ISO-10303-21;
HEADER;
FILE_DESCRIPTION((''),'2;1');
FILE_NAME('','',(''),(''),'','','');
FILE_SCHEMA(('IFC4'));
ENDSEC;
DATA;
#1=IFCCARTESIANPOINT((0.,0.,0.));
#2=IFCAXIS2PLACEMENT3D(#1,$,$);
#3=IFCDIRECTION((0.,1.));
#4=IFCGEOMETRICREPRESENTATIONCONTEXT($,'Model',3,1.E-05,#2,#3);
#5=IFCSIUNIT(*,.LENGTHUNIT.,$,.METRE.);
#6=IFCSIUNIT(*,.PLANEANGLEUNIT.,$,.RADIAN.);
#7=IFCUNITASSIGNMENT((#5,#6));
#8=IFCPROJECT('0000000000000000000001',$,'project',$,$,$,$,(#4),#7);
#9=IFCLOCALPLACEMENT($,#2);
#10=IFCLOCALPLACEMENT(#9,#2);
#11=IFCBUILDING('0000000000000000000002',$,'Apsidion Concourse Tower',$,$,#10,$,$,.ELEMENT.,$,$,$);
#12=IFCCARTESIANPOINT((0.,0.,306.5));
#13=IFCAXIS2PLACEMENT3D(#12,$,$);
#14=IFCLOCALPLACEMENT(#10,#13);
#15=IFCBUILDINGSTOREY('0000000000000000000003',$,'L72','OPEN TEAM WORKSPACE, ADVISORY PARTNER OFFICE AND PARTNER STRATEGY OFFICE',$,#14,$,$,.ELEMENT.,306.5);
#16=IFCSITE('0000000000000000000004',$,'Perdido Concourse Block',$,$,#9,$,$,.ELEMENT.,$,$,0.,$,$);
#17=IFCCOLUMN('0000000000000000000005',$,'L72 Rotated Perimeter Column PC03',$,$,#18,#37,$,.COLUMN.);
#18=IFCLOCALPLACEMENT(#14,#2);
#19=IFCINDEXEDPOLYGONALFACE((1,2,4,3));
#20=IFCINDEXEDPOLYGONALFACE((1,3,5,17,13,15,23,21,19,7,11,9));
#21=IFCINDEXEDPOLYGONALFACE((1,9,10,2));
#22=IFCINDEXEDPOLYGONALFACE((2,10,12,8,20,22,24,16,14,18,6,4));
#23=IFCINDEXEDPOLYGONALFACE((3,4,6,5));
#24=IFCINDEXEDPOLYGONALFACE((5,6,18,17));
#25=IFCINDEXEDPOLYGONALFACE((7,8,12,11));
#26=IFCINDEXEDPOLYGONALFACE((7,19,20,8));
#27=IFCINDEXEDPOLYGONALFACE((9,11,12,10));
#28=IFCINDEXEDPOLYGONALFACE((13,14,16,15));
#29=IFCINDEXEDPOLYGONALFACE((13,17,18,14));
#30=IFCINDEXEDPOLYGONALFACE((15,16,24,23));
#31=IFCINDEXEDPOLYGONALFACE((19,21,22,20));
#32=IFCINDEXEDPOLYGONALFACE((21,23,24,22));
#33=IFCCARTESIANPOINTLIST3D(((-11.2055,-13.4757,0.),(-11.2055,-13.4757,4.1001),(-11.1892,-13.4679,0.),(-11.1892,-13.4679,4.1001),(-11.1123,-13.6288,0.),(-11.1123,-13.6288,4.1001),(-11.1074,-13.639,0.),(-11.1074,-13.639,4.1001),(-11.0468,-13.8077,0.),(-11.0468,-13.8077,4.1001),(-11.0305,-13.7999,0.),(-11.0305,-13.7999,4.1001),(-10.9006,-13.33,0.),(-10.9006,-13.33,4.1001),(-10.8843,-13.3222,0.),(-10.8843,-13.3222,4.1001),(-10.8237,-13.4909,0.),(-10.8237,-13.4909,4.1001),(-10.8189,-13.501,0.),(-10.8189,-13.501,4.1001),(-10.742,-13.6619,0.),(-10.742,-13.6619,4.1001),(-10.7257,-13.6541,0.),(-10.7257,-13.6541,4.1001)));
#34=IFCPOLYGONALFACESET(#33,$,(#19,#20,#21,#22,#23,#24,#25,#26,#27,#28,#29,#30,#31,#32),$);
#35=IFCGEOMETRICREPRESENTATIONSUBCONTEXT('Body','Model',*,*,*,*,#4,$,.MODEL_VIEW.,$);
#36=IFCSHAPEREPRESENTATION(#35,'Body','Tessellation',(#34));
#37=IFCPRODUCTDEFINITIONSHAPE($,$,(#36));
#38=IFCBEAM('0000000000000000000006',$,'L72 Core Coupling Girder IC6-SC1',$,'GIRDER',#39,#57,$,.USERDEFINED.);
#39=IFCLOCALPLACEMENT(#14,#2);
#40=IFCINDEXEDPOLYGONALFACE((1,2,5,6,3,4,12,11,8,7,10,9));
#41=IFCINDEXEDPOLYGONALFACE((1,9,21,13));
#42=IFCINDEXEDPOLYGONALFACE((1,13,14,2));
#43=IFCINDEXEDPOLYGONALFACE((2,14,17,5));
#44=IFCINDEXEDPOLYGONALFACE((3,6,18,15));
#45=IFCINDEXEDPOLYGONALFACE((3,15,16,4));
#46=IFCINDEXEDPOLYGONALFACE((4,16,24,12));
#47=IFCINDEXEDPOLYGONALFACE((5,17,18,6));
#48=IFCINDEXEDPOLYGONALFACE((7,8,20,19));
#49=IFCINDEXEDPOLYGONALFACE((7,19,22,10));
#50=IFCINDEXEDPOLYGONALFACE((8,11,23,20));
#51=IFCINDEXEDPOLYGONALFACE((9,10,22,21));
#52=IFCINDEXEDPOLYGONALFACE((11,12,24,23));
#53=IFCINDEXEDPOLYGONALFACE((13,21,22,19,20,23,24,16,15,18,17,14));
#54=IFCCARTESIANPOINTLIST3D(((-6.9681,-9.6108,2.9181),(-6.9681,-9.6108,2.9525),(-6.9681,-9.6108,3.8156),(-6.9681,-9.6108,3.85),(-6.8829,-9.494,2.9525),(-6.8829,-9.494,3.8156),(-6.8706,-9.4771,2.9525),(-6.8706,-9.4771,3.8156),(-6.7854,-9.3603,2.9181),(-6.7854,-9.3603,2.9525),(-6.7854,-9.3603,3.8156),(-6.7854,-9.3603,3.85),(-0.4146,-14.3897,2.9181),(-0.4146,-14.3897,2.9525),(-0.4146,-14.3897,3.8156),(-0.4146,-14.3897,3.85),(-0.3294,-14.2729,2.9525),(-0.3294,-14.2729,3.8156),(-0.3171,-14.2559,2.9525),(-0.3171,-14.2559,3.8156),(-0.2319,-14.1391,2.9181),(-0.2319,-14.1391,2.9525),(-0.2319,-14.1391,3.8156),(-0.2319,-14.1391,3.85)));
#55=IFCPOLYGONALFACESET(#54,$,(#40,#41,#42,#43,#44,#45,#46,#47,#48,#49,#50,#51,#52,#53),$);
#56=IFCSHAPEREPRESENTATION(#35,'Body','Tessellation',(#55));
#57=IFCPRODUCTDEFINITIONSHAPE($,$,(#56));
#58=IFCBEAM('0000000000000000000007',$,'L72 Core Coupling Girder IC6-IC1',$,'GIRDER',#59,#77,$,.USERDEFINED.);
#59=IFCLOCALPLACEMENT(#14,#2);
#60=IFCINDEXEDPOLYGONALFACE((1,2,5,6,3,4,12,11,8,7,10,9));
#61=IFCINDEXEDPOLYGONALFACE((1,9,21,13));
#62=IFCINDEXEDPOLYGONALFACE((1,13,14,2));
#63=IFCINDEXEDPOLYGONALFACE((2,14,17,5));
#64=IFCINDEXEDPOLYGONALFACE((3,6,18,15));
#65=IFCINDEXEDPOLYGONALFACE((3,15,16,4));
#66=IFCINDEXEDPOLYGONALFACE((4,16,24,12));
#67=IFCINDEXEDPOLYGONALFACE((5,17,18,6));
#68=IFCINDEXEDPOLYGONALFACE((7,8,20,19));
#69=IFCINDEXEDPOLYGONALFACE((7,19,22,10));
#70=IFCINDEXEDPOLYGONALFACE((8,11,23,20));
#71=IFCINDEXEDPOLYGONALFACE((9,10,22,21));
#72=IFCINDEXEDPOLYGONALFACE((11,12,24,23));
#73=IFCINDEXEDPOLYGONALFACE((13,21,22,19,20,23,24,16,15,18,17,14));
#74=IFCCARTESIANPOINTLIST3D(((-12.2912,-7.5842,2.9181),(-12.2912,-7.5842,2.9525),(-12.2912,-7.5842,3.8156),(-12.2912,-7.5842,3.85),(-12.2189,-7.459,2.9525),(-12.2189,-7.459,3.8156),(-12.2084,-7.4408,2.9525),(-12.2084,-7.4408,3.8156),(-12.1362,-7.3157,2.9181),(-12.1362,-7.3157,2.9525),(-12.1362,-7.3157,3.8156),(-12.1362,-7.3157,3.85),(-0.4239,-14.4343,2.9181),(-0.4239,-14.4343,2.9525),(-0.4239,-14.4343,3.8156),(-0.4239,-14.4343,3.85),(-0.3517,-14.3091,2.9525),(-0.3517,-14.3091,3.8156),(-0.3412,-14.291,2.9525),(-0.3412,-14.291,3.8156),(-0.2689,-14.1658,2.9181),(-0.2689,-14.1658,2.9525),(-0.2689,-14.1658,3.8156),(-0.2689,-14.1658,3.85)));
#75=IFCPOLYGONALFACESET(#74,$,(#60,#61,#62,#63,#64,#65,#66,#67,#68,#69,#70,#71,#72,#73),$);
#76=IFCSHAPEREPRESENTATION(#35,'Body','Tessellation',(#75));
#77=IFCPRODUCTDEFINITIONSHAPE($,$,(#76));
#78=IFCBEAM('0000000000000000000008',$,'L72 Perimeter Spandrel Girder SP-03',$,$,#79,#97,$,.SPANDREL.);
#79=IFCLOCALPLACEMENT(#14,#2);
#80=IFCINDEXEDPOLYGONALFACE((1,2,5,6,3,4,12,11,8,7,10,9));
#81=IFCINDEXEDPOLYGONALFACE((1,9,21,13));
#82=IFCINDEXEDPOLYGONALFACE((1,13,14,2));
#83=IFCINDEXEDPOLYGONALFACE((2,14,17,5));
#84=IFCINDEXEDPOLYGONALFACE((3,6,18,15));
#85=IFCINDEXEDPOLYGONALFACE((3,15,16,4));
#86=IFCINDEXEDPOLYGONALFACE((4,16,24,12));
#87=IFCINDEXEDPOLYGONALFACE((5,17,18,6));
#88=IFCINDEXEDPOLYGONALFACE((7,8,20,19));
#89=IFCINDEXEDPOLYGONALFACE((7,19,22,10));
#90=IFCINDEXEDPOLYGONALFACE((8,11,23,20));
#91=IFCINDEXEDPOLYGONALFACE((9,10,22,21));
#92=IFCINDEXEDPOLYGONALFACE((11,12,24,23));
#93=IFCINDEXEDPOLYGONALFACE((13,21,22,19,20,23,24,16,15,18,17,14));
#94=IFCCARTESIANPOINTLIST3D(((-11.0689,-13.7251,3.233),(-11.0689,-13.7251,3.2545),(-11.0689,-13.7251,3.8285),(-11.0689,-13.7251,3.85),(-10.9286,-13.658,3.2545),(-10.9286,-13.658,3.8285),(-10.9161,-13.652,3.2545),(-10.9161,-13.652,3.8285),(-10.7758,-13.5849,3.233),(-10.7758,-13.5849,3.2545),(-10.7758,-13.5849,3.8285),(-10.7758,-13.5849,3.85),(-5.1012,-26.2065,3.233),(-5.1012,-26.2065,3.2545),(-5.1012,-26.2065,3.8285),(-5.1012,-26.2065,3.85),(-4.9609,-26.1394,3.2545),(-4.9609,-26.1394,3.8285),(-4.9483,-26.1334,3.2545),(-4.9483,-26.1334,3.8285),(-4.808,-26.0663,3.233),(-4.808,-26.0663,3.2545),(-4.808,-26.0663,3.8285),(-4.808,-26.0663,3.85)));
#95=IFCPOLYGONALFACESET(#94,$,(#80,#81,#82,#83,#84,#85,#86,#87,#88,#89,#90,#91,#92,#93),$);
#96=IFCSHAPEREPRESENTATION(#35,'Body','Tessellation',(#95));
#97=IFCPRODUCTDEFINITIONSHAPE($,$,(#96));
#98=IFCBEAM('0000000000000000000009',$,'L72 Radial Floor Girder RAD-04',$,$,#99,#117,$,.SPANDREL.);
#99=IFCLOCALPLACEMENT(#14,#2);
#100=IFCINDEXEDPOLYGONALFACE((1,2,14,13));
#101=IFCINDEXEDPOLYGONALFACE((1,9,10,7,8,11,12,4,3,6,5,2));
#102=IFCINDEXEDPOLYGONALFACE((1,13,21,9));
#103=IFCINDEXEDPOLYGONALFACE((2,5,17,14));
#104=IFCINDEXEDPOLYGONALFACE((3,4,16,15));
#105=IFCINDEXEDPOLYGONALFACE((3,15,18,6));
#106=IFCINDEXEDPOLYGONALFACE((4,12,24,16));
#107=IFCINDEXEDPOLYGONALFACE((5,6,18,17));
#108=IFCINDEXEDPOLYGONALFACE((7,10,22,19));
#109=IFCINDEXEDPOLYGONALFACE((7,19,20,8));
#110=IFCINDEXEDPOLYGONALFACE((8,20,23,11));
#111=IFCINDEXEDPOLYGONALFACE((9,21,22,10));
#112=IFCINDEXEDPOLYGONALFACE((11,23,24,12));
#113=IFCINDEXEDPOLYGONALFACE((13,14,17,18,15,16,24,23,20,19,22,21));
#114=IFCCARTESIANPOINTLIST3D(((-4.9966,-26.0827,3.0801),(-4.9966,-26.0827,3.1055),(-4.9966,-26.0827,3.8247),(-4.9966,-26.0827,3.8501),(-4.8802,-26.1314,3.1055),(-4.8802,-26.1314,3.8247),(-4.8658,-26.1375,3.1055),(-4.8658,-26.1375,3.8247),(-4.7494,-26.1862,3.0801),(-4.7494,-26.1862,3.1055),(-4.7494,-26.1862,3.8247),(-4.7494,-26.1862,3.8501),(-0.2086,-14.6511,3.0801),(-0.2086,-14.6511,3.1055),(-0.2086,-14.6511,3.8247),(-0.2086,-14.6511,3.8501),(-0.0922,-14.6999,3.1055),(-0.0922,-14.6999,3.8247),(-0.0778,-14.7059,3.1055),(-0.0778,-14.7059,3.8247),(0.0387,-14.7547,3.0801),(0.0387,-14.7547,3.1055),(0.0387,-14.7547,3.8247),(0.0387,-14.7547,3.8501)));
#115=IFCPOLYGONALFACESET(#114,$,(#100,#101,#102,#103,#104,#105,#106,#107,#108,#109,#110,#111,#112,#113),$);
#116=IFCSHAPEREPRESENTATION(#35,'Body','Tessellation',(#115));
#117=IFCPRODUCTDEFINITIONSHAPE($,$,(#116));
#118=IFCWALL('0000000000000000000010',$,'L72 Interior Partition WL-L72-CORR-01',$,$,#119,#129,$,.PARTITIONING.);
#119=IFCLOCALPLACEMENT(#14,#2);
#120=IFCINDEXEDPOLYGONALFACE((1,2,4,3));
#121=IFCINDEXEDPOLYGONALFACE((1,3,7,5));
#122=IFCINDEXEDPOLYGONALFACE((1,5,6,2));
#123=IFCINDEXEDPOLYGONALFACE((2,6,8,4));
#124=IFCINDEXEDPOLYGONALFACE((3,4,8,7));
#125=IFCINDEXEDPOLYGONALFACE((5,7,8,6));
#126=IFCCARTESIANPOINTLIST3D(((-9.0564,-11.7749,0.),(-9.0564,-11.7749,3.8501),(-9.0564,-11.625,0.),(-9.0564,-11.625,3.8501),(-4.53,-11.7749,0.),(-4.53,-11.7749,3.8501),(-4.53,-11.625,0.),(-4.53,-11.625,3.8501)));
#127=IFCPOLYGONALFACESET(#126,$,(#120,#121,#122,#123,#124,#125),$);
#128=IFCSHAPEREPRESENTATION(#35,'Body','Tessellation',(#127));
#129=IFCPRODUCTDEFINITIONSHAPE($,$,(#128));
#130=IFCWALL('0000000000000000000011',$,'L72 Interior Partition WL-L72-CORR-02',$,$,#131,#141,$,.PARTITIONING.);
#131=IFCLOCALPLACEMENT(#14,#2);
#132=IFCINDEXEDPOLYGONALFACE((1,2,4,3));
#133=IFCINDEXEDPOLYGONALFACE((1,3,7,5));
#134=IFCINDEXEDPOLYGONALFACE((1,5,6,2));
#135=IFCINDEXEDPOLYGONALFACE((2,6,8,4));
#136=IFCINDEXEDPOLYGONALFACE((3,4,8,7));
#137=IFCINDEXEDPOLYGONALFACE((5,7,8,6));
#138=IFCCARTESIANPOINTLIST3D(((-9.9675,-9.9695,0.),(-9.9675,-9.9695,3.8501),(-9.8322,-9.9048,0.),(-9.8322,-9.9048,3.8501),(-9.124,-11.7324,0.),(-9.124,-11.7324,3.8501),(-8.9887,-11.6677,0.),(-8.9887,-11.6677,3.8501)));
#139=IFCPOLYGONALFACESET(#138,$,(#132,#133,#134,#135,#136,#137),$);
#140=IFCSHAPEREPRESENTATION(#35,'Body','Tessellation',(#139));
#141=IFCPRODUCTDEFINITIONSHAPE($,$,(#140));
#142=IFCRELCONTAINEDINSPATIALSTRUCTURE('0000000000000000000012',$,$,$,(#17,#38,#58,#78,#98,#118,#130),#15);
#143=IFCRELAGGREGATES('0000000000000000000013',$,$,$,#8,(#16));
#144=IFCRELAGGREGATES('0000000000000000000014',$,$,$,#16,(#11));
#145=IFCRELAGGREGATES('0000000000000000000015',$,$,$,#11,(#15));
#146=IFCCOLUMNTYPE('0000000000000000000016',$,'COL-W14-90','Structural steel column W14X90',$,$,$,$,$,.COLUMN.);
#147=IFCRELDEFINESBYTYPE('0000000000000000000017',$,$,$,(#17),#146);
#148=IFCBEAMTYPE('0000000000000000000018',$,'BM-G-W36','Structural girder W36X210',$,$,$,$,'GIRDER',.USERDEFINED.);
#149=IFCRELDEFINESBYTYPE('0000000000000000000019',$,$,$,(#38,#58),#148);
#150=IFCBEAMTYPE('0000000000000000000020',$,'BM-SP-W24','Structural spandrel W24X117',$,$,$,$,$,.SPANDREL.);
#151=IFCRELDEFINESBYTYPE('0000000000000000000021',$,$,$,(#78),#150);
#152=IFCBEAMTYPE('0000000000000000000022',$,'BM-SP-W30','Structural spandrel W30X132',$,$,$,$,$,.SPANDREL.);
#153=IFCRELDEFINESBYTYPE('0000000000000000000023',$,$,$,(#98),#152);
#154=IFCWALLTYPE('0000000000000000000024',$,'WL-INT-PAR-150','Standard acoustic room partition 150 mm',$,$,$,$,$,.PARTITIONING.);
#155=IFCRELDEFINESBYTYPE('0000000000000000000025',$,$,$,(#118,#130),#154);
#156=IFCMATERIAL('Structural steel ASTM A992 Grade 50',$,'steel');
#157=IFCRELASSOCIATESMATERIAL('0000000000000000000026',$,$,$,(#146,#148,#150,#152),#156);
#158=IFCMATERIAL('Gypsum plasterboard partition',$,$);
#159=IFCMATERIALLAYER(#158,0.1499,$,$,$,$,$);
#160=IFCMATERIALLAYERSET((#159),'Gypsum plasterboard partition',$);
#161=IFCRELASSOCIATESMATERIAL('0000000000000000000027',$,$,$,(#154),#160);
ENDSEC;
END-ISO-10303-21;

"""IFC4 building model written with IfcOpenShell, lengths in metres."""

from ifc_helpers import new_model, si_unit, direction, frame, frame_2d, origin, origin_2d, place, context, subcontext, project, spatial, rectangle, i_section, extrude, material, layer, layer_set, material_profile, profile_set, type_object, element, save


model = new_model("IFC4")

# Units and contexts
model_context = context("Model", 3, precision=1e-05, world=origin(), true_north=direction((0.0, 1.0)))
body_context = subcontext(model_context, "Body", "Model", "MODEL_VIEW")
ifc_project = project(units=[si_unit("LENGTHUNIT", "METRE"), si_unit("PLANEANGLEUNIT", "RADIAN")], contexts=[model_context])

# Site, building, storey
site_placement = place(None, origin())
site = spatial("IfcSite", under=ifc_project, at=site_placement, Name="Perdido Concourse Block", CompositionType="ELEMENT", RefElevation=0.0)
building_placement = place(site_placement, origin())
building = spatial("IfcBuilding", under=site, at=building_placement, Name="Apsidion Concourse Tower", CompositionType="ELEMENT")
storey_placement = place(building_placement, frame((0.0, 0.0, 306.5)))
storey = spatial("IfcBuildingStorey", under=building, at=storey_placement, Name="L72", Description="OPEN TEAM WORKSPACE, ADVISORY PARTNER OFFICE AND PARTNER STRATEGY OFFICE", CompositionType="ELEMENT", Elevation=306.5)

# Column
ifc_material_1 = material(Name="Structural steel ASTM A992 Grade 50", Category="steel")
ifc_material_profile_1 = material_profile(ifc_material_1, i_section(OverallWidth=0.3679, OverallDepth=0.356, WebThickness=0.0112, FlangeThickness=0.0181, at=origin_2d()), Name="W14X90")
ifc_profile_set_1 = profile_set([ifc_material_profile_1], Name="Structural steel ASTM A992 Grade 50")
column_type = type_object("IfcColumnType", Name="COL-W14-90", Description="Structural steel column W14X90", PredefinedType="COLUMN", material=ifc_profile_set_1)
column_placement = place(storey_placement, frame((-10.9656, -13.5649, 0.0), z_axis=(0.0, 0.0, 1.0), x_axis=(-0.431299, 0.902209, 0.0)))
element("IfcColumn", 1, at=column_placement, inside=storey, type_object=column_type, Name="L72 Rotated Perimeter Column PC03", PredefinedType="COLUMN", context=body_context, shape_type="SweptSolid", body=[
    extrude(i_section(OverallWidth=0.3679, OverallDepth=0.356, WebThickness=0.0112, FlangeThickness=0.0181, at=origin_2d()), origin(), (0.0, 0.0, 1.0), 4.1001),
])

# Beams
ifc_material_profile_2 = material_profile(ifc_material_1, i_section(OverallWidth=0.3101, OverallDepth=0.9319, WebThickness=0.021, FlangeThickness=0.0344, at=origin_2d()), Name="W36X210")
ifc_profile_set_2 = profile_set([ifc_material_profile_2], Name="Structural steel ASTM A992 Grade 50")
beam_type_1 = type_object("IfcBeamType", Name="BM-G-W36", Description="Structural girder W36X210", ElementType="GIRDER", PredefinedType="USERDEFINED", material=ifc_profile_set_2)
beam_1_placement = place(storey_placement, frame((-0.3232, -14.2644, 3.384), z_axis=(-0.807993, 0.589191, 0.0), x_axis=(-0.589191, -0.807993, 0.0)))
element("IfcBeam", 2, at=beam_1_placement, inside=storey, type_object=beam_type_1, Name="L72 Core Coupling Girder IC6-SC1", ObjectType="GIRDER", PredefinedType="USERDEFINED", context=body_context, shape_type="SweptSolid", body=[
    extrude(i_section(OverallWidth=0.3101, OverallDepth=0.9319, WebThickness=0.021, FlangeThickness=0.0344, at=origin_2d()), origin(), (0.0, 0.0, 1.0), 8.1108),
])
beam_2_placement = place(storey_placement, frame((-0.3464, -14.3, 3.384), z_axis=(-0.86607, 0.499922, 0.0), x_axis=(-0.499922, -0.86607, 0.0)))
element("IfcBeam", 3, at=beam_2_placement, inside=storey, type_object=beam_type_1, Name="L72 Core Coupling Girder IC6-IC1", ObjectType="GIRDER", PredefinedType="USERDEFINED", context=body_context, shape_type="SweptSolid", body=[
    extrude(i_section(OverallWidth=0.3101, OverallDepth=0.9319, WebThickness=0.021, FlangeThickness=0.0344, at=origin_2d()), origin(), (0.0, 0.0, 1.0), 13.7024),
])
ifc_material_profile_3 = material_profile(ifc_material_1, i_section(OverallWidth=0.325, OverallDepth=0.6169, WebThickness=0.0139, FlangeThickness=0.0215, at=origin_2d()), Name="W24X117")
ifc_profile_set_3 = profile_set([ifc_material_profile_3], Name="Structural steel ASTM A992 Grade 50")
beam_type_2 = type_object("IfcBeamType", Name="BM-SP-W24", Description="Structural spandrel W24X117", PredefinedType="SPANDREL", material=ifc_profile_set_3)
beam_3_placement = place(storey_placement, frame((-10.9224, -13.655, 3.5415), z_axis=(0.431361, -0.90218, 0.0), x_axis=(0.90218, 0.431361, 0.0)))
element("IfcBeam", 4, at=beam_3_placement, inside=storey, type_object=beam_type_2, Name="L72 Perimeter Spandrel Girder SP-03", PredefinedType="SPANDREL", context=body_context, shape_type="SweptSolid", body=[
    extrude(i_section(OverallWidth=0.325, OverallDepth=0.6169, WebThickness=0.0139, FlangeThickness=0.0215, at=origin_2d()), origin(), (0.0, 0.0, 1.0), 13.8347),
])
ifc_material_profile_4 = material_profile(ifc_material_1, i_section(OverallWidth=0.2681, OverallDepth=0.77, WebThickness=0.0156, FlangeThickness=0.0254, at=origin_2d()), Name="W30X132")
ifc_profile_set_4 = profile_set([ifc_material_profile_4], Name="Structural steel ASTM A992 Grade 50")
beam_type_3 = type_object("IfcBeamType", Name="BM-SP-W30", Description="Structural spandrel W30X132", PredefinedType="SPANDREL", material=ifc_profile_set_4)
beam_4_placement = place(storey_placement, frame((-0.085, -14.7029, 3.4651), z_axis=(-0.386327, -0.922362, 0.0), x_axis=(0.922362, -0.386327, 0.0)))
element("IfcBeam", 5, at=beam_4_placement, inside=storey, type_object=beam_type_3, Name="L72 Radial Floor Girder RAD-04", PredefinedType="SPANDREL", context=body_context, shape_type="SweptSolid", body=[
    extrude(i_section(OverallWidth=0.2681, OverallDepth=0.77, WebThickness=0.0156, FlangeThickness=0.0254, at=origin_2d()), origin(), (0.0, 0.0, 1.0), 12.3938),
])

# Walls
ifc_material_2 = material(Name="Gypsum plasterboard partition")
ifc_layer_1 = layer(ifc_material_2, 0.1499)
ifc_layer_set_1 = layer_set([ifc_layer_1], Name="Gypsum plasterboard partition")
wall_type_1 = type_object("IfcWallType", Name="WL-INT-PAR-150", Description="Standard acoustic room partition 150 mm", PredefinedType="PARTITIONING", material=ifc_layer_set_1)
wall_1_placement = place(storey_placement, frame((-4.53, -11.7, 0.0), z_axis=(0.0, 0.0, 1.0), x_axis=(-1.0, 0.0, 0.0)))
element("IfcWall", 6, at=wall_1_placement, inside=storey, type_object=wall_type_1, Name="L72 Interior Partition WL-L72-CORR-01", PredefinedType="PARTITIONING", context=body_context, shape_type="SweptSolid", body=[
    extrude(rectangle(XDim=4.5264, YDim=0.1499, at=frame_2d((2.2632, 0.0))), origin(), (0.0, 0.0, 1.0), 3.8501),
])
wall_2_placement = place(storey_placement, frame((-9.0564, -11.7, 0.0), z_axis=(0.0, 0.0, 1.0), x_axis=(-0.431606, 0.902062, 0.0)))
element("IfcWall", 7, at=wall_2_placement, inside=storey, type_object=wall_type_1, Name="L72 Interior Partition WL-L72-CORR-02", PredefinedType="PARTITIONING", context=body_context, shape_type="SweptSolid", body=[
    extrude(rectangle(XDim=1.9543, YDim=0.1499, at=frame_2d((0.9771, 0.0))), origin(), (0.0, 0.0, 1.0), 3.8501),
])

save(model, "model.ifc")
